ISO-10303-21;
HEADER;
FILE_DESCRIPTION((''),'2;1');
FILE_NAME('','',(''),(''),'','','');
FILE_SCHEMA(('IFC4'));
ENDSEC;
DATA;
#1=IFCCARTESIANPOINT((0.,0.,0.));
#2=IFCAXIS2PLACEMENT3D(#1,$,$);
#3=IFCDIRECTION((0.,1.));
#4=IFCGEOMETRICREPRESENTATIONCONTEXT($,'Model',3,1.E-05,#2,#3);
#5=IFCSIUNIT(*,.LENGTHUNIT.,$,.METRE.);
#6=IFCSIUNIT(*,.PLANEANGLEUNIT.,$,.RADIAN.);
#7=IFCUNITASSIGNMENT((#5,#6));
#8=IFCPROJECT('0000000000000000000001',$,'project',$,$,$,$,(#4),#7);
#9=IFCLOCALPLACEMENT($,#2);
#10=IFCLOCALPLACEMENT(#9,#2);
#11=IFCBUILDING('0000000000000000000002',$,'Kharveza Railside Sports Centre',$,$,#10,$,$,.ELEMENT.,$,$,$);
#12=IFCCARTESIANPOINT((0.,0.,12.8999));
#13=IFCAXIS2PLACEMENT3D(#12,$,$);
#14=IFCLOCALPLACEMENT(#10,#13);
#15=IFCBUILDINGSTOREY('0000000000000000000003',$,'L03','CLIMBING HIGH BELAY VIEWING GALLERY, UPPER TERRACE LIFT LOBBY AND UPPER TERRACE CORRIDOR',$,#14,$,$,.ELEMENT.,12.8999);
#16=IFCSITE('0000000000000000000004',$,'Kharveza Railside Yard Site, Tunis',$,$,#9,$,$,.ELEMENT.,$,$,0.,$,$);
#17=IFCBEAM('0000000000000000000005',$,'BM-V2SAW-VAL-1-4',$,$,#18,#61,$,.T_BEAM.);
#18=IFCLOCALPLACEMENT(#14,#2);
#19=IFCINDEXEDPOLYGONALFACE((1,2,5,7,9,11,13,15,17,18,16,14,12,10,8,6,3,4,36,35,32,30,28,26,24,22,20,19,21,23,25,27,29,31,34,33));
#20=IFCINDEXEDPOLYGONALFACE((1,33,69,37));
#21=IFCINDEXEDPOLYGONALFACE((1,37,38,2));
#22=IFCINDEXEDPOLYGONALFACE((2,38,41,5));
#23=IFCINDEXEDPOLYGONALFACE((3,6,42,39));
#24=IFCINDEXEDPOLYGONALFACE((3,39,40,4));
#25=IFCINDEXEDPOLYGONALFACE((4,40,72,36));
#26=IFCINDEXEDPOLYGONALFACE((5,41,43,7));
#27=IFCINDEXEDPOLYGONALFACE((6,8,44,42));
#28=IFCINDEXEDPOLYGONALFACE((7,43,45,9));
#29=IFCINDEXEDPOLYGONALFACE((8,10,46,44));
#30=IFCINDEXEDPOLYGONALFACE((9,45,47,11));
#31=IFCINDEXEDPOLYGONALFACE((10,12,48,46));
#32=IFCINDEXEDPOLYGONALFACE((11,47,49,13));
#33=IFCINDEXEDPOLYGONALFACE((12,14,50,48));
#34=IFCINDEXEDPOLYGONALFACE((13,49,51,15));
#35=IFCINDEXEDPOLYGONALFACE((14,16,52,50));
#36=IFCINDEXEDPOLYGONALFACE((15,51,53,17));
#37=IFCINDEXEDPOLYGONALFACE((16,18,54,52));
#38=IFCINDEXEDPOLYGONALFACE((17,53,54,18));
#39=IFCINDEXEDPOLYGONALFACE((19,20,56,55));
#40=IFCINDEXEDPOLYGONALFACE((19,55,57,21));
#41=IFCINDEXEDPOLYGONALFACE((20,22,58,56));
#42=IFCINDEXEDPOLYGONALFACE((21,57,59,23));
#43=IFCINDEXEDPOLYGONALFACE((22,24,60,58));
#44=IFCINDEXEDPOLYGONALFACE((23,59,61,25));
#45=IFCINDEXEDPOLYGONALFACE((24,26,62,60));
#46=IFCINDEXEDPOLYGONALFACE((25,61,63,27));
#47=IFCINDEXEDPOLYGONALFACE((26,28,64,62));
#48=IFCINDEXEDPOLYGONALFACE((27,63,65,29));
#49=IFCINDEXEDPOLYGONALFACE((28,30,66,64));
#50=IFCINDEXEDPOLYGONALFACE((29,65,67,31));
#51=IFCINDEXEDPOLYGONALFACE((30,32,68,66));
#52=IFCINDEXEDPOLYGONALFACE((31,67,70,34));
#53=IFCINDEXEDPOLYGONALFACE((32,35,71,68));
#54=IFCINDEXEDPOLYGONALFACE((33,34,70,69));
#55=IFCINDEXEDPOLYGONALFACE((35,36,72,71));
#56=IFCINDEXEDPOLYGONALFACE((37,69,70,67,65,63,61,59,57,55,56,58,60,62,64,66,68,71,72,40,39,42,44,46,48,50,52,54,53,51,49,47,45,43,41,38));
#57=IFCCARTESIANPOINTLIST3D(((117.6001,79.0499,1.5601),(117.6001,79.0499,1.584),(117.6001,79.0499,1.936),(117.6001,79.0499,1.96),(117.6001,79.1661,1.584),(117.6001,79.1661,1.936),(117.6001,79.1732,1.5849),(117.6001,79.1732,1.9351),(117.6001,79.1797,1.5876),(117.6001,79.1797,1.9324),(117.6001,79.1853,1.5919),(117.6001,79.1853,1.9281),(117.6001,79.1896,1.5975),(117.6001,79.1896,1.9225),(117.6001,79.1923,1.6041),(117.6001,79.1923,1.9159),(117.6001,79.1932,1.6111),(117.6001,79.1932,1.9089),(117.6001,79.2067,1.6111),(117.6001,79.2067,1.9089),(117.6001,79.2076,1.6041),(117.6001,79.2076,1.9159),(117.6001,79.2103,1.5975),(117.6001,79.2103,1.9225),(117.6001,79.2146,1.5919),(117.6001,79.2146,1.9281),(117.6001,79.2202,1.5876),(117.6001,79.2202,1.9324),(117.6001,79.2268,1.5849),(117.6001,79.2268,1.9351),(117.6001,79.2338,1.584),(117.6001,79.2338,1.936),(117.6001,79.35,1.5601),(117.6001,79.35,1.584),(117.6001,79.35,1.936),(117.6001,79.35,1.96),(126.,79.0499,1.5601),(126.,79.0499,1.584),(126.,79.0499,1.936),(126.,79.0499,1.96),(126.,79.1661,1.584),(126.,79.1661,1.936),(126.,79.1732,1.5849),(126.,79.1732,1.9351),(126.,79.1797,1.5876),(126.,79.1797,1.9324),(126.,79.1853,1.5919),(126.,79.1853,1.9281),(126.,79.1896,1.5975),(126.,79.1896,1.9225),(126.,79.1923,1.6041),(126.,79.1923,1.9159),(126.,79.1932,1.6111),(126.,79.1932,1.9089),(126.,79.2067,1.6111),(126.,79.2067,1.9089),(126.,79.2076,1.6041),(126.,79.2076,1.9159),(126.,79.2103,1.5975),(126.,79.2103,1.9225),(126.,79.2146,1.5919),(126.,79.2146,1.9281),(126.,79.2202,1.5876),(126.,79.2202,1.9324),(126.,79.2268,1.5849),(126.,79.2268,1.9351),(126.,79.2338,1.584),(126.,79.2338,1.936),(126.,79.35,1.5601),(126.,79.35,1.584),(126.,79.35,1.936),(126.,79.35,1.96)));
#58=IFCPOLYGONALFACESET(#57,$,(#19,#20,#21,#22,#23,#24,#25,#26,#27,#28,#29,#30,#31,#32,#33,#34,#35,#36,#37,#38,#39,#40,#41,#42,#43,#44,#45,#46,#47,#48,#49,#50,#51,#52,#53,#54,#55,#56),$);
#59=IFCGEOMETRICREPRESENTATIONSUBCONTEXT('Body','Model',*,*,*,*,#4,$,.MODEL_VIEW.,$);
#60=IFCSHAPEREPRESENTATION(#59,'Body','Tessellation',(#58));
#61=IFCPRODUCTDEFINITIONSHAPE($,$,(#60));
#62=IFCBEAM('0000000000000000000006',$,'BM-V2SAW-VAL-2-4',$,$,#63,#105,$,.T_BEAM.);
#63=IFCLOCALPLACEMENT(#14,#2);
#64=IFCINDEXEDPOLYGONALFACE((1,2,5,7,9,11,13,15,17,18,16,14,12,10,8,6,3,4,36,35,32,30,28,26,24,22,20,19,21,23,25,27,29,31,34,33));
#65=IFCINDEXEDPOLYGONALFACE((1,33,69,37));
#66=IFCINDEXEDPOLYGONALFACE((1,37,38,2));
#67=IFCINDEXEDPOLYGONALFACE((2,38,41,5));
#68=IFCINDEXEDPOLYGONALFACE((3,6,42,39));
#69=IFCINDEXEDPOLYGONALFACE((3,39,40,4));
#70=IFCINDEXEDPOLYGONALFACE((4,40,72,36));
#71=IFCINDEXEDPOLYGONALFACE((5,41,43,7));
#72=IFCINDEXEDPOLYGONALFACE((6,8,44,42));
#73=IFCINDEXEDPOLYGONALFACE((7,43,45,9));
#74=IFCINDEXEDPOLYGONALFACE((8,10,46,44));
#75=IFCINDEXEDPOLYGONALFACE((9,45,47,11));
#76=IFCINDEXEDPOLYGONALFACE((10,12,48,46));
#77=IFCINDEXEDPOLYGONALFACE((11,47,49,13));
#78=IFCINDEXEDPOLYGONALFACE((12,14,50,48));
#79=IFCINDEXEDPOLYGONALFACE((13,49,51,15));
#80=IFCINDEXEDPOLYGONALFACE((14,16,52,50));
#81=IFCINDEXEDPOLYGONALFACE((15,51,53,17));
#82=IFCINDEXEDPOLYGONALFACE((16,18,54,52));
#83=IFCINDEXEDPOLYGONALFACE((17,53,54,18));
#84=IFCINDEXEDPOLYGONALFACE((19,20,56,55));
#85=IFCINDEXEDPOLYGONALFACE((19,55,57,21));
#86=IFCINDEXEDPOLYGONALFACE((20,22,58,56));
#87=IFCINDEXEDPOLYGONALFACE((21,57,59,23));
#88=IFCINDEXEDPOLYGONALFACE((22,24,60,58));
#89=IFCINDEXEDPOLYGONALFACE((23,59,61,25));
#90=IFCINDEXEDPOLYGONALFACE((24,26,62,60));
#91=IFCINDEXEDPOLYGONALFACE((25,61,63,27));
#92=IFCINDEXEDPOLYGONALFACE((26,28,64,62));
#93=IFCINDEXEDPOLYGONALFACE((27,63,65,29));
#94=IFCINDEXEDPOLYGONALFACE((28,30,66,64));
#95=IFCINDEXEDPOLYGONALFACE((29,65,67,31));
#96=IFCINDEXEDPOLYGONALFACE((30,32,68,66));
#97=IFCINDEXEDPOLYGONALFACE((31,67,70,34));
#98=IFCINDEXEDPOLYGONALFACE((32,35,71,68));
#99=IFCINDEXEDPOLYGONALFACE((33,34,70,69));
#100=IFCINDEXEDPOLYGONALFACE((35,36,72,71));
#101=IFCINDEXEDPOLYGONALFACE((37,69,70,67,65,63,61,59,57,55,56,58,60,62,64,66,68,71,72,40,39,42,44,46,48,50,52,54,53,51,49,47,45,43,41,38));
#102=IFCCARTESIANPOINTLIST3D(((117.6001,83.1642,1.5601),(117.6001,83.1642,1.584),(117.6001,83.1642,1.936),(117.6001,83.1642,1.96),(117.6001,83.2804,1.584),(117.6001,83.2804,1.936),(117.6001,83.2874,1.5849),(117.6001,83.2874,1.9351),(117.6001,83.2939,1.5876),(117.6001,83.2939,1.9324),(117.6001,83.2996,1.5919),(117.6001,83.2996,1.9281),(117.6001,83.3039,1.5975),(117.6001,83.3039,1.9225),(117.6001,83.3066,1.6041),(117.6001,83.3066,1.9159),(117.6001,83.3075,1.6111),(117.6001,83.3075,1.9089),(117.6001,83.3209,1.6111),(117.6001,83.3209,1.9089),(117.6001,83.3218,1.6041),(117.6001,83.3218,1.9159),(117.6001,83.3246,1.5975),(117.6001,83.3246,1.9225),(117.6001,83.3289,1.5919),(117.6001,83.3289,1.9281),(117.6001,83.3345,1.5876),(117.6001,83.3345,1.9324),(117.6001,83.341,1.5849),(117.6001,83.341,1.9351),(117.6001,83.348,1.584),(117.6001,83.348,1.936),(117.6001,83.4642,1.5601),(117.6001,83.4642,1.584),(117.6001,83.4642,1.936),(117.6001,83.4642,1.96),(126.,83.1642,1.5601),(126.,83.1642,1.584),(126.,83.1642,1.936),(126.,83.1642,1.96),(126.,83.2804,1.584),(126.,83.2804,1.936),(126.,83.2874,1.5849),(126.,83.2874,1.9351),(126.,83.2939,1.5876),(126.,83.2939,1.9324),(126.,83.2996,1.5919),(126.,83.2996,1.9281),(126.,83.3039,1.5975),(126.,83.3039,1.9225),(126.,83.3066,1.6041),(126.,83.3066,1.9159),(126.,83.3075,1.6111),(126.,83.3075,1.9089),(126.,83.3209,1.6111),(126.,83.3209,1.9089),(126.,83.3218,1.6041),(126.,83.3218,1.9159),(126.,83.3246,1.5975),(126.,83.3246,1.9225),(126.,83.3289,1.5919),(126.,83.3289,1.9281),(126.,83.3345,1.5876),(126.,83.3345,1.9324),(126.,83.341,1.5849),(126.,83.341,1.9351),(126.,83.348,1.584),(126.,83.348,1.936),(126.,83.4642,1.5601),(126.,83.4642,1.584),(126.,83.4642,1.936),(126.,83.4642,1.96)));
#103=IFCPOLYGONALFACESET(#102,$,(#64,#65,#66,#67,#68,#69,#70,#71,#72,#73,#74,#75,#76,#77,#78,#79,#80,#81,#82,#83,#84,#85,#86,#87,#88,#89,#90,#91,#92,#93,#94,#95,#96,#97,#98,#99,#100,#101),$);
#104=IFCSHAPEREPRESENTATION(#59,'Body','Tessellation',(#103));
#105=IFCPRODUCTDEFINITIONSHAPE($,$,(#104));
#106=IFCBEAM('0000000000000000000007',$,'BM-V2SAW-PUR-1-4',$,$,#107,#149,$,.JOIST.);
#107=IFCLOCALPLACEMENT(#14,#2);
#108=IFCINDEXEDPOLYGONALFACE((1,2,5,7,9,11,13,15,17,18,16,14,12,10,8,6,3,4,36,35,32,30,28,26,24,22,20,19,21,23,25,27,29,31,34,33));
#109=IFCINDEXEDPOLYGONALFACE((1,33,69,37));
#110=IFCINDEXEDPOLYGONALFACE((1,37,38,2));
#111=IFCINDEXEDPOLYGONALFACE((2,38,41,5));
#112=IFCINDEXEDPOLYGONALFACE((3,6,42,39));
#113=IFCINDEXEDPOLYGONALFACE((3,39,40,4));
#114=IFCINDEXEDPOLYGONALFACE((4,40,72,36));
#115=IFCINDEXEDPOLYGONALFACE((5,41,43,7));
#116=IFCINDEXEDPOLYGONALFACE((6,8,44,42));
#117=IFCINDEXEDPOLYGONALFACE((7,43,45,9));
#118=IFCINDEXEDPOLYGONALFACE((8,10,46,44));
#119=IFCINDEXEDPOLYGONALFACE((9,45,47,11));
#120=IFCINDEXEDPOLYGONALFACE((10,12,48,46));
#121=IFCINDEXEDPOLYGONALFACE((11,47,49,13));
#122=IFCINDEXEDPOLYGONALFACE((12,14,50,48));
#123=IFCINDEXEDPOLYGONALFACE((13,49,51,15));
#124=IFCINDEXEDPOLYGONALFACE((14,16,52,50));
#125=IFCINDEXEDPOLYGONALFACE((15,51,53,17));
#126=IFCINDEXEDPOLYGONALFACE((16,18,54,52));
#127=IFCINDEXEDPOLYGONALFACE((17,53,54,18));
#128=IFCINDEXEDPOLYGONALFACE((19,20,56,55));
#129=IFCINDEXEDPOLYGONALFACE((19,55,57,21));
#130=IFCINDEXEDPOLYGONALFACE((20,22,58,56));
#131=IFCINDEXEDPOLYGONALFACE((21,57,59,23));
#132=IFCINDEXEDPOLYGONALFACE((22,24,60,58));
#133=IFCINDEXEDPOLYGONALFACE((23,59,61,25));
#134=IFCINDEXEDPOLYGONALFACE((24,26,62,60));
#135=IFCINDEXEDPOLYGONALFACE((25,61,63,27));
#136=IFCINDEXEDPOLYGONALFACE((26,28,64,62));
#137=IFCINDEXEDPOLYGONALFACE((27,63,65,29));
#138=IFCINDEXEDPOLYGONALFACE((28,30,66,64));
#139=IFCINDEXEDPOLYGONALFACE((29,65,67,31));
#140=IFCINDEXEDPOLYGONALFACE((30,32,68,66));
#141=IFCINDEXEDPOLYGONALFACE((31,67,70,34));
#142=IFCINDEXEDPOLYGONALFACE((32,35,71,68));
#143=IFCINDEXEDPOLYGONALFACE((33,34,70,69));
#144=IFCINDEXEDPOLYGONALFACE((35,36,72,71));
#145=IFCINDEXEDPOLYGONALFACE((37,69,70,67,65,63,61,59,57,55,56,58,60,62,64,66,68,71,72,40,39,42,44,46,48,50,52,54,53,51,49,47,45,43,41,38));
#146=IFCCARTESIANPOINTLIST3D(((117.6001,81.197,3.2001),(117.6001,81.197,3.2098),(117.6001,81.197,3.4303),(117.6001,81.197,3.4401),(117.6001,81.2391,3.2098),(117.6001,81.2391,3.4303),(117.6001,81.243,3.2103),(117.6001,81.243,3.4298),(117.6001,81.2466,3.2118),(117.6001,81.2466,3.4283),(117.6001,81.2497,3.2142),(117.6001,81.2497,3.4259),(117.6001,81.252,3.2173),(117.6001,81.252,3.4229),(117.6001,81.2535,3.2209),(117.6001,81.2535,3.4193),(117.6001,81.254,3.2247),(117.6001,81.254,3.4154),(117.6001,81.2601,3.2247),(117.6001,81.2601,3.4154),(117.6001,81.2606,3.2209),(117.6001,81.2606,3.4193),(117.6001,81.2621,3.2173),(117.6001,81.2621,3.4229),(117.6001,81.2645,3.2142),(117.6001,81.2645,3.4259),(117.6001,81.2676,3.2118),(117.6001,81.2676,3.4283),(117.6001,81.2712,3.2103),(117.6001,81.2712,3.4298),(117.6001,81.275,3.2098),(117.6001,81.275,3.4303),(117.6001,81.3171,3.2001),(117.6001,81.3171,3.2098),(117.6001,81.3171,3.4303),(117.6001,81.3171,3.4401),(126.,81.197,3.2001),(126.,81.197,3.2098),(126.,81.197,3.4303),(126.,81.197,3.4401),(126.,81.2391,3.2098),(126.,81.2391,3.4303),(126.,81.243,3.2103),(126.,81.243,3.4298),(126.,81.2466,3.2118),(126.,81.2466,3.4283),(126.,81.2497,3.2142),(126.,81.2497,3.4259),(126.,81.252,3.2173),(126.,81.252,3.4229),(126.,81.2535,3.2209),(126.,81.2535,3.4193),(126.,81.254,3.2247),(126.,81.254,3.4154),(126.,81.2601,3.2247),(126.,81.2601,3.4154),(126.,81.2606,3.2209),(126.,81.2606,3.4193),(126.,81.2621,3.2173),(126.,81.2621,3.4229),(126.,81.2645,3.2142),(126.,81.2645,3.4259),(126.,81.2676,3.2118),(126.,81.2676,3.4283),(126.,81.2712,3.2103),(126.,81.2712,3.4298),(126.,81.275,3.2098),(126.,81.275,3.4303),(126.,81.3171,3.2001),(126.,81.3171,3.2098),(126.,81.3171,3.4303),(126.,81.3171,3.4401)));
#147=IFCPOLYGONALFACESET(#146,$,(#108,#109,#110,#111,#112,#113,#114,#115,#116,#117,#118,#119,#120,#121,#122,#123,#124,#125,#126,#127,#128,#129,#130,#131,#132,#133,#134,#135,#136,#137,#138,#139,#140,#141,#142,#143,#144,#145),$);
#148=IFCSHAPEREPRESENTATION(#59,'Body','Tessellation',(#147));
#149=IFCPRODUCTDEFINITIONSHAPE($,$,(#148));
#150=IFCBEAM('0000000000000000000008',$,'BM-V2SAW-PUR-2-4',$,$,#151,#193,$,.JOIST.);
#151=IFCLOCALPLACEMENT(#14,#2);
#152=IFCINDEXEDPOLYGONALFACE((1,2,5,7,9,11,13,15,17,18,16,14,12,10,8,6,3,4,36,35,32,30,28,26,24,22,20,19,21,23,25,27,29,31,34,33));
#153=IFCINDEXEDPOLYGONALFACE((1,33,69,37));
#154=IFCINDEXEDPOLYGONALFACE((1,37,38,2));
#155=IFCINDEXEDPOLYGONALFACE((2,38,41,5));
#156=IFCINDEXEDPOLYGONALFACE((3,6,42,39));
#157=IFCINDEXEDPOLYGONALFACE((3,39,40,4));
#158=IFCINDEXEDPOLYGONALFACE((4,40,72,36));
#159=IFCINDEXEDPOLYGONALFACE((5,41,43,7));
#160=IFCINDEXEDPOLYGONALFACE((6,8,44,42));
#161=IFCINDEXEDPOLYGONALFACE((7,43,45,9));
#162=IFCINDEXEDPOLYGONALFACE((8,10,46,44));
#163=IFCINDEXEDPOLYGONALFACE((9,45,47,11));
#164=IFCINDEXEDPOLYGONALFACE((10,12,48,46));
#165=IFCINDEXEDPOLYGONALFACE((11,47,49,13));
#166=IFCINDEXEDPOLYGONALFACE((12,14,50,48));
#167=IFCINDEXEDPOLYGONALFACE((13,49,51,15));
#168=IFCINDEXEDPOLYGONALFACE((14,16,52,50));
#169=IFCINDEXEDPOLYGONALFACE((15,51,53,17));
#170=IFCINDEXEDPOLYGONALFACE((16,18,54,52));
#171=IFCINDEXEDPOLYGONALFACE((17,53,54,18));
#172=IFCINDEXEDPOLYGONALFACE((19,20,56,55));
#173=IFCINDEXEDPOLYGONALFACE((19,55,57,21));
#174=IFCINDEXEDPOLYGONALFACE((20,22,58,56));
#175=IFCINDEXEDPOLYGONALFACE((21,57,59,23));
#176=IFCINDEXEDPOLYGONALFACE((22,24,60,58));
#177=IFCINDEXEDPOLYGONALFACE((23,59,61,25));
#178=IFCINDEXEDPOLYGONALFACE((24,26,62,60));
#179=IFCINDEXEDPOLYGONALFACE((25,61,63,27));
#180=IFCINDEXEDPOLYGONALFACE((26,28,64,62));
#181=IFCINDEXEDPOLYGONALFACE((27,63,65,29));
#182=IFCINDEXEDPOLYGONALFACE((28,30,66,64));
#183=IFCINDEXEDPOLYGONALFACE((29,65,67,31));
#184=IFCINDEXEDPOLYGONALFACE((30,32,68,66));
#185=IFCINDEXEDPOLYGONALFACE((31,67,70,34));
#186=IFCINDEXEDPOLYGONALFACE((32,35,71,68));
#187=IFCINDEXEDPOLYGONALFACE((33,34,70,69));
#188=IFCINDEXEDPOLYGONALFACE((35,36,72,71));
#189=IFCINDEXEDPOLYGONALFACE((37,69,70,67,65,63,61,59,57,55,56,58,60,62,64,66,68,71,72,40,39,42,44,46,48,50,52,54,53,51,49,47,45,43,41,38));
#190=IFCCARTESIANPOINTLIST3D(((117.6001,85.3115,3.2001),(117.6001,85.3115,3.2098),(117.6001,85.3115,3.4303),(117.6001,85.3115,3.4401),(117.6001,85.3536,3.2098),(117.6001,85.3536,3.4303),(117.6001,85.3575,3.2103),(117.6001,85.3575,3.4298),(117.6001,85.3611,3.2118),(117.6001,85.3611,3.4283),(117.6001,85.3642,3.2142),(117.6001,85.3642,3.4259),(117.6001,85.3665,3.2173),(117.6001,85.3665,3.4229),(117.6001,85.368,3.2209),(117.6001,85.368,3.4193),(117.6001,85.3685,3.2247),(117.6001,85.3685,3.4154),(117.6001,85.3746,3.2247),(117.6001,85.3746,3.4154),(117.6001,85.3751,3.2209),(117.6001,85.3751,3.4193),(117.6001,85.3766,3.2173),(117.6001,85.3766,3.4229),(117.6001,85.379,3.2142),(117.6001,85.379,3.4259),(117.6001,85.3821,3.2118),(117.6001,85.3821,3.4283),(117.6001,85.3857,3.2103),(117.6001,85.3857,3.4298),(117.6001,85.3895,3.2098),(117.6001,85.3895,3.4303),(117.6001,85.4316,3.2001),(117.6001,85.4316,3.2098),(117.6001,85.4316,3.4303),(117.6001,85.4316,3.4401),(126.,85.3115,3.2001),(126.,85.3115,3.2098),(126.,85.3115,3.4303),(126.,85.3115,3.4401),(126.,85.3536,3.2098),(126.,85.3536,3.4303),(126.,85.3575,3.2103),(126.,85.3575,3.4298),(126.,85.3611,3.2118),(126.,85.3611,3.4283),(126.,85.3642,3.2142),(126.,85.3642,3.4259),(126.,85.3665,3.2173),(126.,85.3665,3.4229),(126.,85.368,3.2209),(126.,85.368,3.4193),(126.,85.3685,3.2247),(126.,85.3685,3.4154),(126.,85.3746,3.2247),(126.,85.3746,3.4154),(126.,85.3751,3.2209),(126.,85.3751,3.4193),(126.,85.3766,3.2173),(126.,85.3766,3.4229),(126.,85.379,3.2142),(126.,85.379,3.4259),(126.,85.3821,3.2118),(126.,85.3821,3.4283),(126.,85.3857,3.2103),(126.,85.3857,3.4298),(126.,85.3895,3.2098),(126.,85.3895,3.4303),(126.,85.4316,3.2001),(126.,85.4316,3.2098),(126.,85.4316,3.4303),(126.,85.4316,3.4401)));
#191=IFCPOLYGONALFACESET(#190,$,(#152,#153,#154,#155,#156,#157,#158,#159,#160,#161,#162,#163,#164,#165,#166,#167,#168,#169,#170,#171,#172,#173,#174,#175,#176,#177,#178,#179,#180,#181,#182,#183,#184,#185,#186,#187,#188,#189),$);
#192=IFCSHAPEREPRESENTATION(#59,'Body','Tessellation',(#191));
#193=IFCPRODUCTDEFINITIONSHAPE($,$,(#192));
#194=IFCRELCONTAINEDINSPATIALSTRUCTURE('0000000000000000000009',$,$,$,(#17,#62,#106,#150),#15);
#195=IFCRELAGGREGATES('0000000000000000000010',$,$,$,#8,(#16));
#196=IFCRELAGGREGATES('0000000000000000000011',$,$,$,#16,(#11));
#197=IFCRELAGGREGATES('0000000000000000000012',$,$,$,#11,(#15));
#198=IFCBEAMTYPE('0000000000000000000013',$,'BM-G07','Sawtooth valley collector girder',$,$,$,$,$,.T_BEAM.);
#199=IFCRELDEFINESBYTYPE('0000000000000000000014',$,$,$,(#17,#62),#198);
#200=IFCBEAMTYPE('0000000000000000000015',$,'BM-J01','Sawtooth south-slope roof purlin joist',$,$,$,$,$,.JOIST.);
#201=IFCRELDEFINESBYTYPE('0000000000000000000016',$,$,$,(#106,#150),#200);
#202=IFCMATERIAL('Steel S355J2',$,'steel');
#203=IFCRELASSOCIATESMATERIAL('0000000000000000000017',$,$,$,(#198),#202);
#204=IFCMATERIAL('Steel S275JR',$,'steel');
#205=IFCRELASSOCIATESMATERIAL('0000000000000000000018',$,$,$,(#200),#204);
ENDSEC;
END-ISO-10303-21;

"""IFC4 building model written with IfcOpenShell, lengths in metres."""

from ifc_helpers import new_model, si_unit, direction, frame, origin, origin_2d, place, context, subcontext, project, spatial, i_section, extrude, material, material_profile, profile_set, type_object, element, save


model = new_model("IFC4")

# Units and contexts
model_context = context("Model", 3, precision=1e-05, world=origin(), true_north=direction((0.0, 1.0)))
body_context = subcontext(model_context, "Body", "Model", "MODEL_VIEW")
ifc_project = project(units=[si_unit("LENGTHUNIT", "METRE"), si_unit("PLANEANGLEUNIT", "RADIAN")], contexts=[model_context])

# Site, building, storey
site_placement = place(None, origin())
site = spatial("IfcSite", under=ifc_project, at=site_placement, Name="Kharveza Railside Yard Site, Tunis", CompositionType="ELEMENT", RefElevation=0.0)
building_placement = place(site_placement, origin())
building = spatial("IfcBuilding", under=site, at=building_placement, Name="Kharveza Railside Sports Centre", CompositionType="ELEMENT")
storey_placement = place(building_placement, frame((0.0, 0.0, 12.8999)))
storey = spatial("IfcBuildingStorey", under=building, at=storey_placement, Name="L03", Description="CLIMBING HIGH BELAY VIEWING GALLERY, UPPER TERRACE LIFT LOBBY AND UPPER TERRACE CORRIDOR", CompositionType="ELEMENT", Elevation=12.8999)

# Beams
ifc_material_1 = material(Name="Steel S355J2", Category="steel")
ifc_material_profile_1 = material_profile(ifc_material_1, i_section(OverallWidth=0.3, OverallDepth=0.3999, WebThickness=0.0134, FlangeThickness=0.0239, FilletRadius=0.0271, at=origin_2d()), Name="HEB 400")
ifc_profile_set_1 = profile_set([ifc_material_profile_1], Name="Steel S355J2")
beam_type_1 = type_object("IfcBeamType", Name="BM-G07", Description="Sawtooth valley collector girder", PredefinedType="T_BEAM", material=ifc_profile_set_1)
for number, where, z_axis, x_axis, name in (
    (1, (117.6001, 79.2, 1.76), (1.0, 0.0, 0.0), (0.0, 1.0, 0.0), "BM-V2SAW-VAL-1-4"),
    (2, (117.6001, 83.3142, 1.76), (1.0, 0.0, 0.0), (0.0, 1.0, 0.0), "BM-V2SAW-VAL-2-4"),
):
    element("IfcBeam", number, at=place(storey_placement, frame(where, z_axis=z_axis, x_axis=x_axis)), inside=storey, type_object=beam_type_1, Name=name, PredefinedType="T_BEAM", context=body_context, shape_type="SweptSolid", body=[
        extrude(i_section(OverallWidth=0.3, OverallDepth=0.3999, WebThickness=0.0134, FlangeThickness=0.0239, FilletRadius=0.0271, at=origin_2d()), origin(), (0.0, 0.0, 1.0), 8.3999),
    ])
ifc_material_2 = material(Name="Steel S275JR", Category="steel")
ifc_material_profile_2 = material_profile(ifc_material_2, i_section(OverallWidth=0.1201, OverallDepth=0.24, WebThickness=0.0061, FlangeThickness=0.0098, FilletRadius=0.0149, at=origin_2d()), Name="IPE 240")
ifc_profile_set_2 = profile_set([ifc_material_profile_2], Name="Steel S275JR")
beam_type_2 = type_object("IfcBeamType", Name="BM-J01", Description="Sawtooth south-slope roof purlin joist", PredefinedType="JOIST", material=ifc_profile_set_2)
for number, where, z_axis, x_axis, name in (
    (3, (117.6001, 81.2571, 3.3201), (1.0, 0.0, 0.0), (0.0, 1.0, 0.0), "BM-V2SAW-PUR-1-4"),
    (4, (117.6001, 85.3716, 3.3201), (1.0, 0.0, 0.0), (0.0, 1.0, 0.0), "BM-V2SAW-PUR-2-4"),
):
    element("IfcBeam", number, at=place(storey_placement, frame(where, z_axis=z_axis, x_axis=x_axis)), inside=storey, type_object=beam_type_2, Name=name, PredefinedType="JOIST", context=body_context, shape_type="SweptSolid", body=[
        extrude(i_section(OverallWidth=0.1201, OverallDepth=0.24, WebThickness=0.0061, FlangeThickness=0.0098, FilletRadius=0.0149, at=origin_2d()), origin(), (0.0, 0.0, 1.0), 8.3999),
    ])

save(model, "model.ifc")
